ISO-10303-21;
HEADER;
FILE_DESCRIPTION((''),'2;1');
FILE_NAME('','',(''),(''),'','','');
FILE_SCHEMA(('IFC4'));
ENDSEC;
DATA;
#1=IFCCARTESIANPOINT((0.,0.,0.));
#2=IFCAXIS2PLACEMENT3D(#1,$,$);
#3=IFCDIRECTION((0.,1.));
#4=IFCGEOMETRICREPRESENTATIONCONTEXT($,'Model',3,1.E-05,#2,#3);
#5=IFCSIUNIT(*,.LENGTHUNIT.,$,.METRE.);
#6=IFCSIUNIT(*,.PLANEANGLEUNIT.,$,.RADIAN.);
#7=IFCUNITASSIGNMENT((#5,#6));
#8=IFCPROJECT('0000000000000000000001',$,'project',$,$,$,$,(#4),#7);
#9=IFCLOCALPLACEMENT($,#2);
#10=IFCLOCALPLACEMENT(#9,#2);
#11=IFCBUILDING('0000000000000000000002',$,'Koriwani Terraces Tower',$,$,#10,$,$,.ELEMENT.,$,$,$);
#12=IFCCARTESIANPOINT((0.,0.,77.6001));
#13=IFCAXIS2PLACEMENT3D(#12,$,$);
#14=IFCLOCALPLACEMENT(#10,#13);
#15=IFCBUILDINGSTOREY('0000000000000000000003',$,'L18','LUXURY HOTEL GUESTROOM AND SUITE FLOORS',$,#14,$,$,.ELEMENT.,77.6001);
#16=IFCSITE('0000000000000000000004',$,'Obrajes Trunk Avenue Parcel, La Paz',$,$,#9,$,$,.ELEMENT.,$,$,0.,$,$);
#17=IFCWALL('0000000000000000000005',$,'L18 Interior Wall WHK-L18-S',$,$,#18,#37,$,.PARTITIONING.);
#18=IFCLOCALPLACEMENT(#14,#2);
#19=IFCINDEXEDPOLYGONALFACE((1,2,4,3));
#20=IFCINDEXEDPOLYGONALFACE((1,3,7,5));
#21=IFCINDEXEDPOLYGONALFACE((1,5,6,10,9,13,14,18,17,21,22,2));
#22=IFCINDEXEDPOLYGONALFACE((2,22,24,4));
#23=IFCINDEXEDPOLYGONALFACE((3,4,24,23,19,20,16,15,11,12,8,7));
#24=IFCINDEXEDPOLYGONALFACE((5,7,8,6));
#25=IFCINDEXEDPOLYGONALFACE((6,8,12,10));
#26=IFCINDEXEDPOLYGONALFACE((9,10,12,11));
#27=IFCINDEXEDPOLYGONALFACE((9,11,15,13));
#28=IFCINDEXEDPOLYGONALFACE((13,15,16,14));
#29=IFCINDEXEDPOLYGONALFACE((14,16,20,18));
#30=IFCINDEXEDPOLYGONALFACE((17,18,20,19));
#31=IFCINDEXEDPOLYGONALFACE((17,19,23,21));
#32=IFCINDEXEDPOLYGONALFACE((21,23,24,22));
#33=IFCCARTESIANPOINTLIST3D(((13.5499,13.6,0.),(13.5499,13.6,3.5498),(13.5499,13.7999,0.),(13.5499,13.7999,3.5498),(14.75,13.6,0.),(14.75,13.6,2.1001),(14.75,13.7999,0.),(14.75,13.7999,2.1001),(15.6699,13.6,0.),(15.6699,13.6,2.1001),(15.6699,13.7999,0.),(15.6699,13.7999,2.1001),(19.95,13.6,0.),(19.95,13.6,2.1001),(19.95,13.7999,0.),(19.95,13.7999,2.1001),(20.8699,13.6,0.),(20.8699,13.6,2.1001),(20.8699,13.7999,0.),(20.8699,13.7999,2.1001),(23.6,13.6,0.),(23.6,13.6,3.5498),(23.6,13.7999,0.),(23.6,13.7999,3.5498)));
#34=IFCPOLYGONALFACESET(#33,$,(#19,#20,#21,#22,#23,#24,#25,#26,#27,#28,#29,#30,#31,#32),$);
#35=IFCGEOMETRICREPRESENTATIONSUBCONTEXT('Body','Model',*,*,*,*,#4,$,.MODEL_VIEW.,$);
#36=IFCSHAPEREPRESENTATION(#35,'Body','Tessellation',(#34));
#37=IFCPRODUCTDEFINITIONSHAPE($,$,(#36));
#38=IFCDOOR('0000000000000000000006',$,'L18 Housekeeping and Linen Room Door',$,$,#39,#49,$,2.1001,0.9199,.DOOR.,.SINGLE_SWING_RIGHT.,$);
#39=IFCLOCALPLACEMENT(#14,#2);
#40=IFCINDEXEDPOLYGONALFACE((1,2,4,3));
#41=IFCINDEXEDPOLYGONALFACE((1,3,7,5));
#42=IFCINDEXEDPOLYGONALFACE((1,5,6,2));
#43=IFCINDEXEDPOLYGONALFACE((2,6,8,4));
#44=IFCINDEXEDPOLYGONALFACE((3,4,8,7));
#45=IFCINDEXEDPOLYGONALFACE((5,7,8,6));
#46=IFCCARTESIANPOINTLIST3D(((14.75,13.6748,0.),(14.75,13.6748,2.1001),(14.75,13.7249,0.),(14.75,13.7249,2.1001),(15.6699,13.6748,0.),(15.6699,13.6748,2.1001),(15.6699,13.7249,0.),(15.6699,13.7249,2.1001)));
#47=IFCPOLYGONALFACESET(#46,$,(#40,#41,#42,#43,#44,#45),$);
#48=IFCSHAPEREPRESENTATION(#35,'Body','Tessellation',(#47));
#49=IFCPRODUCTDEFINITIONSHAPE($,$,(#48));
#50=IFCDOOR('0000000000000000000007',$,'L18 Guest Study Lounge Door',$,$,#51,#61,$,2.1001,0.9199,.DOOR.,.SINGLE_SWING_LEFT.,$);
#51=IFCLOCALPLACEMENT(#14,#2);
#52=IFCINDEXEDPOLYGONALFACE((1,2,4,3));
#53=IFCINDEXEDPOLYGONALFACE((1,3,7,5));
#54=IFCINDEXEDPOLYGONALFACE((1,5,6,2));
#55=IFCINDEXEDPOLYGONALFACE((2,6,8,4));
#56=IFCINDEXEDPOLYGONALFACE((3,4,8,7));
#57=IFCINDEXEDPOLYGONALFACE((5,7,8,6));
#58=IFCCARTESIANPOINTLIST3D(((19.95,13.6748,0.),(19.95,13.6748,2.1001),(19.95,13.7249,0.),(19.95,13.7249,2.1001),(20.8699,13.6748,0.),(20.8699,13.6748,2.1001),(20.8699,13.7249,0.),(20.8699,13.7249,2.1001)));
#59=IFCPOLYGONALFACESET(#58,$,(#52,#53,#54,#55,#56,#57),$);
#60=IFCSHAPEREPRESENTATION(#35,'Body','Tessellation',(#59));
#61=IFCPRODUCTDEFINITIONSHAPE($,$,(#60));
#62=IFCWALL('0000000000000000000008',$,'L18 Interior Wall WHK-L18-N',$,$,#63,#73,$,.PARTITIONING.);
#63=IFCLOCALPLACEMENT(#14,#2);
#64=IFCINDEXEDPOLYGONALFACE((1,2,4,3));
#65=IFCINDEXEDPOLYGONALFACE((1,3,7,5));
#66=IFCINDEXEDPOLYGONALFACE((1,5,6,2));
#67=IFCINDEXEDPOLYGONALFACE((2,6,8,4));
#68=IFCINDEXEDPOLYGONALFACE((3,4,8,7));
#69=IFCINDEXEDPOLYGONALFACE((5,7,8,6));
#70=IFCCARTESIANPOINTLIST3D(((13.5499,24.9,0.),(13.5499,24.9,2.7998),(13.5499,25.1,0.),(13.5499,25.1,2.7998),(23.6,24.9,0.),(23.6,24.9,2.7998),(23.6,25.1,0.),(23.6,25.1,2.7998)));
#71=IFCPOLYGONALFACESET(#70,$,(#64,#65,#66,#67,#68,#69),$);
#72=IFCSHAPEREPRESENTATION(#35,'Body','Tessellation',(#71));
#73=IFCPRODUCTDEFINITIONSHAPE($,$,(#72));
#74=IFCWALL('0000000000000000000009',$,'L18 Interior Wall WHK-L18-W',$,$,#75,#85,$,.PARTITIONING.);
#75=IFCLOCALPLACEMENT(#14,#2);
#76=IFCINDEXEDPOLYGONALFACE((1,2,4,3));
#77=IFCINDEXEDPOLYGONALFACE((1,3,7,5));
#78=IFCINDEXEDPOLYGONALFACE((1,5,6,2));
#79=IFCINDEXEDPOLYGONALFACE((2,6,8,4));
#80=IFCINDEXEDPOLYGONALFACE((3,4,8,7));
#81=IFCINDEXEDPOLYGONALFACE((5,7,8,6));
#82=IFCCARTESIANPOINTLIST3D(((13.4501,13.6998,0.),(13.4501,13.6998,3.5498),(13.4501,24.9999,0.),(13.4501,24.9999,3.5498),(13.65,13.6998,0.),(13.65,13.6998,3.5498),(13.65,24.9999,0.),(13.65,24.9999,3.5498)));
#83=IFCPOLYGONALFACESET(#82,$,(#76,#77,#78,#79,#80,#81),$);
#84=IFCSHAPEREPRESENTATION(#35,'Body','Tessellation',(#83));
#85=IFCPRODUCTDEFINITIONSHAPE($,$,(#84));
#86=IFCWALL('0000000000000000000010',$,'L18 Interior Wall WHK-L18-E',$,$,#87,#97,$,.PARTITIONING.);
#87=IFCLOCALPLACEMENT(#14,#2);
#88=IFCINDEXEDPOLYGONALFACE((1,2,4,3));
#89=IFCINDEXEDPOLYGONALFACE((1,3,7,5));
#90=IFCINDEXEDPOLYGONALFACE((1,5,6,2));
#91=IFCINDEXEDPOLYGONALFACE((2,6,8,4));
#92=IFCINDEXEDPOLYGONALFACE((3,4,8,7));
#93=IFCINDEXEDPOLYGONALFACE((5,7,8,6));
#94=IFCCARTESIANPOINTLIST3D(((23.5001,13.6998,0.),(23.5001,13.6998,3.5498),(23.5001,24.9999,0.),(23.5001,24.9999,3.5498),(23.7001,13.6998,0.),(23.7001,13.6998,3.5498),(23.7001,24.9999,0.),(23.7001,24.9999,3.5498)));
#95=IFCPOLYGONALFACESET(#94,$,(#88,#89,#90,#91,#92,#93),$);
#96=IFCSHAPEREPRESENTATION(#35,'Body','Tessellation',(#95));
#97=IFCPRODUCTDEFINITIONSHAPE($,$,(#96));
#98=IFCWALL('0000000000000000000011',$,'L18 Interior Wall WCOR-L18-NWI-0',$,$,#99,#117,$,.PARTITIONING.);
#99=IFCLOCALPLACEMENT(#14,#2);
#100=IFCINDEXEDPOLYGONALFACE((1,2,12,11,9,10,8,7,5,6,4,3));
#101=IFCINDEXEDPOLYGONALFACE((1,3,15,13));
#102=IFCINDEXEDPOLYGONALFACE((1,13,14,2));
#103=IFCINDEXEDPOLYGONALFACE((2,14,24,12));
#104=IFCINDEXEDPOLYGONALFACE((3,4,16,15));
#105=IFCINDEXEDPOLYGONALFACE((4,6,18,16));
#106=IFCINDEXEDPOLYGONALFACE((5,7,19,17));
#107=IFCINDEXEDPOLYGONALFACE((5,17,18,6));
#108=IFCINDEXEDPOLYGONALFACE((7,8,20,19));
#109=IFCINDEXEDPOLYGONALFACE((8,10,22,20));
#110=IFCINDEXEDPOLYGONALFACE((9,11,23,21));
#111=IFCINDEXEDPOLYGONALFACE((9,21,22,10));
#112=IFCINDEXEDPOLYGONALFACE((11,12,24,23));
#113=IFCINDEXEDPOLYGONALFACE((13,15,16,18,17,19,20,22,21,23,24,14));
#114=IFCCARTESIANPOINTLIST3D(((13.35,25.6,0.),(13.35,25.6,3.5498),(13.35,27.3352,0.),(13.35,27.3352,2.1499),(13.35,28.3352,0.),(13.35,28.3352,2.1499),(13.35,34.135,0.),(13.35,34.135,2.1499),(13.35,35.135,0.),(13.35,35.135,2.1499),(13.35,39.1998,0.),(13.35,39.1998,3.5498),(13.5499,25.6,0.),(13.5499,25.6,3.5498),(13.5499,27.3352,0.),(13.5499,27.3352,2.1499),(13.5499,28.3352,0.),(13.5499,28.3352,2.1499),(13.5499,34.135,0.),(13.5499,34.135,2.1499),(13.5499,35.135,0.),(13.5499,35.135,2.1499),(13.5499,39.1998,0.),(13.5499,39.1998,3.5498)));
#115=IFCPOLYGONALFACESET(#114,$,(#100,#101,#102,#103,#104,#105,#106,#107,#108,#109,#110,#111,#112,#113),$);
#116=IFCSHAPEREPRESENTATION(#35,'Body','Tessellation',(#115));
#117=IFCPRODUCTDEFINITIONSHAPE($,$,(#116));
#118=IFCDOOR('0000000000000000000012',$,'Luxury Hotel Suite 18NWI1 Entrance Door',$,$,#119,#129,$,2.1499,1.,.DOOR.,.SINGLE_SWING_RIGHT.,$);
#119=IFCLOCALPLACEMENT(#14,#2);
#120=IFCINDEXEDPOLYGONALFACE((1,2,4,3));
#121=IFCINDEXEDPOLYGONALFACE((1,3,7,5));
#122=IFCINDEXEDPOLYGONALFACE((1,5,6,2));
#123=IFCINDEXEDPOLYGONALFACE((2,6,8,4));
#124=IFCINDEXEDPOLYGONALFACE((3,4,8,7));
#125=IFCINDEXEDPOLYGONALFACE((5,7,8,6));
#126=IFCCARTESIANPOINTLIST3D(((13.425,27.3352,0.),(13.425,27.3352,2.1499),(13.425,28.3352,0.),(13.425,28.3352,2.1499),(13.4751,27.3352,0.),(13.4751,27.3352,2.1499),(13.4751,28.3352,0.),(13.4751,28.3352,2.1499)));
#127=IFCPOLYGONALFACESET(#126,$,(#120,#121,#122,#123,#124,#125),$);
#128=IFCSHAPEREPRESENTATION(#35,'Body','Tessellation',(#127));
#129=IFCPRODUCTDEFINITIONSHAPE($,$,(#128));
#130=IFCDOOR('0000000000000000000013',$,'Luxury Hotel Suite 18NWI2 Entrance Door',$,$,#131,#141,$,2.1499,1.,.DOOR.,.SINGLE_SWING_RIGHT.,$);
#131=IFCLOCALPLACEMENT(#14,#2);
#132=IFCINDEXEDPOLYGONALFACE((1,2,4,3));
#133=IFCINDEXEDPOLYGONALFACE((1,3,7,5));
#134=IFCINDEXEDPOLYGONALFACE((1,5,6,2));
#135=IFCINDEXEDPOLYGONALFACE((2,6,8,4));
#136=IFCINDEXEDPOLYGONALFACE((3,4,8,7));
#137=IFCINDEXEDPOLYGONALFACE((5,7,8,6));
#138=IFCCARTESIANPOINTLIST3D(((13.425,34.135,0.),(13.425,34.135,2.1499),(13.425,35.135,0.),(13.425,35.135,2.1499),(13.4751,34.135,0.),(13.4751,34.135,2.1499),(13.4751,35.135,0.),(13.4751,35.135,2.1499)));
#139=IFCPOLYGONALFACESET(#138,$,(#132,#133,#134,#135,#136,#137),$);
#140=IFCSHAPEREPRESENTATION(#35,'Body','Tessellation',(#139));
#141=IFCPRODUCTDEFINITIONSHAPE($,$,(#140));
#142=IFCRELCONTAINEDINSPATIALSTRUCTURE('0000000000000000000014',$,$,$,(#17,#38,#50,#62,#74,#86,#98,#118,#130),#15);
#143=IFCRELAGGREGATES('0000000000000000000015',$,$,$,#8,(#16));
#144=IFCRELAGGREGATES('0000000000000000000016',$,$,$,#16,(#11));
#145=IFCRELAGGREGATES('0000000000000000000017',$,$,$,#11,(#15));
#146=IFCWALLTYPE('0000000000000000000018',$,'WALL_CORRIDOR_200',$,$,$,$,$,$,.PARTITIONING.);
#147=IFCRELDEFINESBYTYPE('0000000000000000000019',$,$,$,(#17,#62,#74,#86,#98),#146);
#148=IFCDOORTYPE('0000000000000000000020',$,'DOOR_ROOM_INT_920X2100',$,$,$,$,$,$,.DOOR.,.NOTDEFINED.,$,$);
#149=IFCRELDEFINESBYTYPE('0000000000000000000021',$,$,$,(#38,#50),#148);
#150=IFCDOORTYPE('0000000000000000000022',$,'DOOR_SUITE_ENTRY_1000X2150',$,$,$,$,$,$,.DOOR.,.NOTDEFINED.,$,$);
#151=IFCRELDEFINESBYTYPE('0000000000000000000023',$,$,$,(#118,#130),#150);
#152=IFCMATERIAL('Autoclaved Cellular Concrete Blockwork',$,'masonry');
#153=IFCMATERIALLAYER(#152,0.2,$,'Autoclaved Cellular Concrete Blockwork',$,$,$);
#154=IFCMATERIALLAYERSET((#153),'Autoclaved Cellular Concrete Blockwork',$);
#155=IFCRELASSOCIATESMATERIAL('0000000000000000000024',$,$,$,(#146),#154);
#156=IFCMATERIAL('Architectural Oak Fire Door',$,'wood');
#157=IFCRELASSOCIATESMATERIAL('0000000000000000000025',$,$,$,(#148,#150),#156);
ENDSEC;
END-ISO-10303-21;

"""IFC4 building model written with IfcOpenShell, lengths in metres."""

from ifc_helpers import new_model, si_unit, direction, frame, frame_2d, origin, place, context, subcontext, project, spatial, rectangle, extrude, material, layer, layer_set, type_object, element, fill, save


model = new_model("IFC4")

# Units and contexts
model_context = context("Model", 3, precision=1e-05, world=origin(), true_north=direction((0.0, 1.0)))
body_context = subcontext(model_context, "Body", "Model", "MODEL_VIEW")
ifc_project = project(units=[si_unit("LENGTHUNIT", "METRE"), si_unit("PLANEANGLEUNIT", "RADIAN")], contexts=[model_context])

# Site, building, storey
site_placement = place(None, origin())
site = spatial("IfcSite", under=ifc_project, at=site_placement, Name="Obrajes Trunk Avenue Parcel, La Paz", CompositionType="ELEMENT", RefElevation=0.0)
building_placement = place(site_placement, origin())
building = spatial("IfcBuilding", under=site, at=building_placement, Name="Koriwani Terraces Tower", CompositionType="ELEMENT")
storey_placement = place(building_placement, frame((0.0, 0.0, 77.6001)))
storey = spatial("IfcBuildingStorey", under=building, at=storey_placement, Name="L18", Description="LUXURY HOTEL GUESTROOM AND SUITE FLOORS", CompositionType="ELEMENT", Elevation=77.6001)

# Wall, openings, doors
ifc_material_1 = material(Name="Autoclaved Cellular Concrete Blockwork", Category="masonry")
ifc_layer_1 = layer(ifc_material_1, 0.2, Name="Autoclaved Cellular Concrete Blockwork")
ifc_layer_set_1 = layer_set([ifc_layer_1], Name="Autoclaved Cellular Concrete Blockwork")
wall_type_1 = type_object("IfcWallType", Name="WALL_CORRIDOR_200", PredefinedType="PARTITIONING", material=ifc_layer_set_1)
wall_1_placement = place(storey_placement, frame((13.55, 13.7, 0.0), z_axis=(0.0, 0.0, 1.0), x_axis=(1.0, 0.0, 0.0)))
wall_1 = element("IfcWall", 1, at=wall_1_placement, inside=storey, type_object=wall_type_1, Name="L18 Interior Wall WHK-L18-S", PredefinedType="PARTITIONING", context=body_context, shape_type="SweptSolid", body=[
    extrude(rectangle(XDim=10.05, YDim=0.2, at=frame_2d((5.0249, 0.0))), origin(), (0.0, 0.0, 1.0), 3.5498),
])
opening_1_placement = place(wall_1_placement, frame((1.2, 0.0, 0.0)))
opening_1 = element("IfcOpeningElement", 2, at=opening_1_placement, cuts=wall_1, PredefinedType="OPENING", context=body_context, shape_type="SweptSolid", body=[
    extrude(rectangle(XDim=0.9199, YDim=2.1001, at=frame_2d((0.46, 1.05))), frame((0.0, 0.1099, 0.0), z_axis=(0.0, -1.0, 0.0), x_axis=(1.0, 0.0, 0.0)), (0.0, 0.0, 1.0), 0.22),
])
opening_2_placement = place(wall_1_placement, frame((6.3999, 0.0, 0.0)))
opening_2 = element("IfcOpeningElement", 3, at=opening_2_placement, cuts=wall_1, PredefinedType="OPENING", context=body_context, shape_type="SweptSolid", body=[
    extrude(rectangle(XDim=0.9199, YDim=2.1001, at=frame_2d((0.46, 1.05))), frame((0.0, 0.1099, 0.0), z_axis=(0.0, -1.0, 0.0), x_axis=(1.0, 0.0, 0.0)), (0.0, 0.0, 1.0), 0.22),
])
ifc_material_2 = material(Name="Architectural Oak Fire Door", Category="wood")
door_type_1 = type_object("IfcDoorType", Name="DOOR_ROOM_INT_920X2100", OperationType="NOTDEFINED", PredefinedType="DOOR", material=ifc_material_2)
door_1_placement = place(opening_1_placement, origin())
door_1 = element("IfcDoor", 4, at=door_1_placement, inside=storey, type_object=door_type_1, Name="L18 Housekeeping and Linen Room Door", OperationType="SINGLE_SWING_RIGHT", OverallHeight=2.1001, OverallWidth=0.9199, PredefinedType="DOOR", context=body_context, shape_type="SweptSolid", body=[
    extrude(rectangle(XDim=0.9199, YDim=2.1001, at=frame_2d((0.46, 1.05))), frame((0.0, 0.0249, 0.0), z_axis=(0.0, -1.0, 0.0), x_axis=(1.0, 0.0, 0.0)), (0.0, 0.0, 1.0), 0.05),
])
fill(opening_1, door_1)
door_2_placement = place(opening_2_placement, origin())
door_2 = element("IfcDoor", 5, at=door_2_placement, inside=storey, type_object=door_type_1, Name="L18 Guest Study Lounge Door", OperationType="SINGLE_SWING_LEFT", OverallHeight=2.1001, OverallWidth=0.9199, PredefinedType="DOOR", context=body_context, shape_type="SweptSolid", body=[
    extrude(rectangle(XDim=0.9199, YDim=2.1001, at=frame_2d((0.46, 1.05))), frame((0.0, 0.0249, 0.0), z_axis=(0.0, -1.0, 0.0), x_axis=(1.0, 0.0, 0.0)), (0.0, 0.0, 1.0), 0.05),
])
fill(opening_2, door_2)

# Walls
wall_2_placement = place(storey_placement, frame((13.55, 25.0, 0.0), z_axis=(0.0, 0.0, 1.0), x_axis=(1.0, 0.0, 0.0)))
element("IfcWall", 6, at=wall_2_placement, inside=storey, type_object=wall_type_1, Name="L18 Interior Wall WHK-L18-N", PredefinedType="PARTITIONING", context=body_context, shape_type="SweptSolid", body=[
    extrude(rectangle(XDim=10.05, YDim=0.2, at=frame_2d((5.0249, 0.0))), origin(), (0.0, 0.0, 1.0), 2.7998),
])
for number, where, z_axis, x_axis, name in (
    (7, (13.55, 13.7, 0.0), (0.0, 0.0, 1.0), (0.0, 1.0, 0.0), "L18 Interior Wall WHK-L18-W"),
    (8, (23.6001, 13.7, 0.0), (0.0, 0.0, 1.0), (0.0, 1.0, 0.0), "L18 Interior Wall WHK-L18-E"),
):
    element("IfcWall", number, at=place(storey_placement, frame(where, z_axis=z_axis, x_axis=x_axis)), inside=storey, type_object=wall_type_1, Name=name, PredefinedType="PARTITIONING", context=body_context, shape_type="SweptSolid", body=[
        extrude(rectangle(XDim=11.3, YDim=0.2, at=frame_2d((5.6499, 0.0))), origin(), (0.0, 0.0, 1.0), 3.5498),
    ])

# Wall, openings, doors
wall_3_placement = place(storey_placement, frame((13.45, 25.6001, 0.0), z_axis=(0.0, 0.0, 1.0), x_axis=(0.0, 1.0, 0.0)))
wall_3 = element("IfcWall", 9, at=wall_3_placement, inside=storey, type_object=wall_type_1, Name="L18 Interior Wall WCOR-L18-NWI-0", PredefinedType="PARTITIONING", context=body_context, shape_type="SweptSolid", body=[
    extrude(rectangle(XDim=13.5999, YDim=0.2, at=frame_2d((6.7998, 0.0))), origin(), (0.0, 0.0, 1.0), 3.5498),
])
opening_3_placement = place(wall_3_placement, frame((1.7351, 0.0, 0.0)))
opening_3 = element("IfcOpeningElement", 10, at=opening_3_placement, cuts=wall_3, PredefinedType="OPENING", context=body_context, shape_type="SweptSolid", body=[
    extrude(rectangle(XDim=1.0, YDim=2.1499, at=frame_2d((0.5, 1.075))), frame((0.0, 0.1099, 0.0), z_axis=(0.0, -1.0, 0.0), x_axis=(1.0, 0.0, 0.0)), (0.0, 0.0, 1.0), 0.22),
])
opening_4_placement = place(wall_3_placement, frame((8.5349, 0.0, 0.0)))
opening_4 = element("IfcOpeningElement", 11, at=opening_4_placement, cuts=wall_3, PredefinedType="OPENING", context=body_context, shape_type="SweptSolid", body=[
    extrude(rectangle(XDim=1.0, YDim=2.1499, at=frame_2d((0.5, 1.075))), frame((0.0, 0.1099, 0.0), z_axis=(0.0, -1.0, 0.0), x_axis=(1.0, 0.0, 0.0)), (0.0, 0.0, 1.0), 0.22),
])
door_type_2 = type_object("IfcDoorType", Name="DOOR_SUITE_ENTRY_1000X2150", OperationType="NOTDEFINED", PredefinedType="DOOR", material=ifc_material_2)
door_3_placement = place(opening_3_placement, origin())
door_3 = element("IfcDoor", 12, at=door_3_placement, inside=storey, type_object=door_type_2, Name="Luxury Hotel Suite 18NWI1 Entrance Door", OperationType="SINGLE_SWING_RIGHT", OverallHeight=2.1499, OverallWidth=1.0, PredefinedType="DOOR", context=body_context, shape_type="SweptSolid", body=[
    extrude(rectangle(XDim=1.0, YDim=2.1499, at=frame_2d((0.5, 1.075))), frame((0.0, 0.0249, 0.0), z_axis=(0.0, -1.0, 0.0), x_axis=(1.0, 0.0, 0.0)), (0.0, 0.0, 1.0), 0.05),
])
fill(opening_3, door_3)
door_4_placement = place(opening_4_placement, origin())
door_4 = element("IfcDoor", 13, at=door_4_placement, inside=storey, type_object=door_type_2, Name="Luxury Hotel Suite 18NWI2 Entrance Door", OperationType="SINGLE_SWING_RIGHT", OverallHeight=2.1499, OverallWidth=1.0, PredefinedType="DOOR", context=body_context, shape_type="SweptSolid", body=[
    extrude(rectangle(XDim=1.0, YDim=2.1499, at=frame_2d((0.5, 1.075))), frame((0.0, 0.0249, 0.0), z_axis=(0.0, -1.0, 0.0), x_axis=(1.0, 0.0, 0.0)), (0.0, 0.0, 1.0), 0.05),
])
fill(opening_4, door_4)

save(model, "model.ifc")
